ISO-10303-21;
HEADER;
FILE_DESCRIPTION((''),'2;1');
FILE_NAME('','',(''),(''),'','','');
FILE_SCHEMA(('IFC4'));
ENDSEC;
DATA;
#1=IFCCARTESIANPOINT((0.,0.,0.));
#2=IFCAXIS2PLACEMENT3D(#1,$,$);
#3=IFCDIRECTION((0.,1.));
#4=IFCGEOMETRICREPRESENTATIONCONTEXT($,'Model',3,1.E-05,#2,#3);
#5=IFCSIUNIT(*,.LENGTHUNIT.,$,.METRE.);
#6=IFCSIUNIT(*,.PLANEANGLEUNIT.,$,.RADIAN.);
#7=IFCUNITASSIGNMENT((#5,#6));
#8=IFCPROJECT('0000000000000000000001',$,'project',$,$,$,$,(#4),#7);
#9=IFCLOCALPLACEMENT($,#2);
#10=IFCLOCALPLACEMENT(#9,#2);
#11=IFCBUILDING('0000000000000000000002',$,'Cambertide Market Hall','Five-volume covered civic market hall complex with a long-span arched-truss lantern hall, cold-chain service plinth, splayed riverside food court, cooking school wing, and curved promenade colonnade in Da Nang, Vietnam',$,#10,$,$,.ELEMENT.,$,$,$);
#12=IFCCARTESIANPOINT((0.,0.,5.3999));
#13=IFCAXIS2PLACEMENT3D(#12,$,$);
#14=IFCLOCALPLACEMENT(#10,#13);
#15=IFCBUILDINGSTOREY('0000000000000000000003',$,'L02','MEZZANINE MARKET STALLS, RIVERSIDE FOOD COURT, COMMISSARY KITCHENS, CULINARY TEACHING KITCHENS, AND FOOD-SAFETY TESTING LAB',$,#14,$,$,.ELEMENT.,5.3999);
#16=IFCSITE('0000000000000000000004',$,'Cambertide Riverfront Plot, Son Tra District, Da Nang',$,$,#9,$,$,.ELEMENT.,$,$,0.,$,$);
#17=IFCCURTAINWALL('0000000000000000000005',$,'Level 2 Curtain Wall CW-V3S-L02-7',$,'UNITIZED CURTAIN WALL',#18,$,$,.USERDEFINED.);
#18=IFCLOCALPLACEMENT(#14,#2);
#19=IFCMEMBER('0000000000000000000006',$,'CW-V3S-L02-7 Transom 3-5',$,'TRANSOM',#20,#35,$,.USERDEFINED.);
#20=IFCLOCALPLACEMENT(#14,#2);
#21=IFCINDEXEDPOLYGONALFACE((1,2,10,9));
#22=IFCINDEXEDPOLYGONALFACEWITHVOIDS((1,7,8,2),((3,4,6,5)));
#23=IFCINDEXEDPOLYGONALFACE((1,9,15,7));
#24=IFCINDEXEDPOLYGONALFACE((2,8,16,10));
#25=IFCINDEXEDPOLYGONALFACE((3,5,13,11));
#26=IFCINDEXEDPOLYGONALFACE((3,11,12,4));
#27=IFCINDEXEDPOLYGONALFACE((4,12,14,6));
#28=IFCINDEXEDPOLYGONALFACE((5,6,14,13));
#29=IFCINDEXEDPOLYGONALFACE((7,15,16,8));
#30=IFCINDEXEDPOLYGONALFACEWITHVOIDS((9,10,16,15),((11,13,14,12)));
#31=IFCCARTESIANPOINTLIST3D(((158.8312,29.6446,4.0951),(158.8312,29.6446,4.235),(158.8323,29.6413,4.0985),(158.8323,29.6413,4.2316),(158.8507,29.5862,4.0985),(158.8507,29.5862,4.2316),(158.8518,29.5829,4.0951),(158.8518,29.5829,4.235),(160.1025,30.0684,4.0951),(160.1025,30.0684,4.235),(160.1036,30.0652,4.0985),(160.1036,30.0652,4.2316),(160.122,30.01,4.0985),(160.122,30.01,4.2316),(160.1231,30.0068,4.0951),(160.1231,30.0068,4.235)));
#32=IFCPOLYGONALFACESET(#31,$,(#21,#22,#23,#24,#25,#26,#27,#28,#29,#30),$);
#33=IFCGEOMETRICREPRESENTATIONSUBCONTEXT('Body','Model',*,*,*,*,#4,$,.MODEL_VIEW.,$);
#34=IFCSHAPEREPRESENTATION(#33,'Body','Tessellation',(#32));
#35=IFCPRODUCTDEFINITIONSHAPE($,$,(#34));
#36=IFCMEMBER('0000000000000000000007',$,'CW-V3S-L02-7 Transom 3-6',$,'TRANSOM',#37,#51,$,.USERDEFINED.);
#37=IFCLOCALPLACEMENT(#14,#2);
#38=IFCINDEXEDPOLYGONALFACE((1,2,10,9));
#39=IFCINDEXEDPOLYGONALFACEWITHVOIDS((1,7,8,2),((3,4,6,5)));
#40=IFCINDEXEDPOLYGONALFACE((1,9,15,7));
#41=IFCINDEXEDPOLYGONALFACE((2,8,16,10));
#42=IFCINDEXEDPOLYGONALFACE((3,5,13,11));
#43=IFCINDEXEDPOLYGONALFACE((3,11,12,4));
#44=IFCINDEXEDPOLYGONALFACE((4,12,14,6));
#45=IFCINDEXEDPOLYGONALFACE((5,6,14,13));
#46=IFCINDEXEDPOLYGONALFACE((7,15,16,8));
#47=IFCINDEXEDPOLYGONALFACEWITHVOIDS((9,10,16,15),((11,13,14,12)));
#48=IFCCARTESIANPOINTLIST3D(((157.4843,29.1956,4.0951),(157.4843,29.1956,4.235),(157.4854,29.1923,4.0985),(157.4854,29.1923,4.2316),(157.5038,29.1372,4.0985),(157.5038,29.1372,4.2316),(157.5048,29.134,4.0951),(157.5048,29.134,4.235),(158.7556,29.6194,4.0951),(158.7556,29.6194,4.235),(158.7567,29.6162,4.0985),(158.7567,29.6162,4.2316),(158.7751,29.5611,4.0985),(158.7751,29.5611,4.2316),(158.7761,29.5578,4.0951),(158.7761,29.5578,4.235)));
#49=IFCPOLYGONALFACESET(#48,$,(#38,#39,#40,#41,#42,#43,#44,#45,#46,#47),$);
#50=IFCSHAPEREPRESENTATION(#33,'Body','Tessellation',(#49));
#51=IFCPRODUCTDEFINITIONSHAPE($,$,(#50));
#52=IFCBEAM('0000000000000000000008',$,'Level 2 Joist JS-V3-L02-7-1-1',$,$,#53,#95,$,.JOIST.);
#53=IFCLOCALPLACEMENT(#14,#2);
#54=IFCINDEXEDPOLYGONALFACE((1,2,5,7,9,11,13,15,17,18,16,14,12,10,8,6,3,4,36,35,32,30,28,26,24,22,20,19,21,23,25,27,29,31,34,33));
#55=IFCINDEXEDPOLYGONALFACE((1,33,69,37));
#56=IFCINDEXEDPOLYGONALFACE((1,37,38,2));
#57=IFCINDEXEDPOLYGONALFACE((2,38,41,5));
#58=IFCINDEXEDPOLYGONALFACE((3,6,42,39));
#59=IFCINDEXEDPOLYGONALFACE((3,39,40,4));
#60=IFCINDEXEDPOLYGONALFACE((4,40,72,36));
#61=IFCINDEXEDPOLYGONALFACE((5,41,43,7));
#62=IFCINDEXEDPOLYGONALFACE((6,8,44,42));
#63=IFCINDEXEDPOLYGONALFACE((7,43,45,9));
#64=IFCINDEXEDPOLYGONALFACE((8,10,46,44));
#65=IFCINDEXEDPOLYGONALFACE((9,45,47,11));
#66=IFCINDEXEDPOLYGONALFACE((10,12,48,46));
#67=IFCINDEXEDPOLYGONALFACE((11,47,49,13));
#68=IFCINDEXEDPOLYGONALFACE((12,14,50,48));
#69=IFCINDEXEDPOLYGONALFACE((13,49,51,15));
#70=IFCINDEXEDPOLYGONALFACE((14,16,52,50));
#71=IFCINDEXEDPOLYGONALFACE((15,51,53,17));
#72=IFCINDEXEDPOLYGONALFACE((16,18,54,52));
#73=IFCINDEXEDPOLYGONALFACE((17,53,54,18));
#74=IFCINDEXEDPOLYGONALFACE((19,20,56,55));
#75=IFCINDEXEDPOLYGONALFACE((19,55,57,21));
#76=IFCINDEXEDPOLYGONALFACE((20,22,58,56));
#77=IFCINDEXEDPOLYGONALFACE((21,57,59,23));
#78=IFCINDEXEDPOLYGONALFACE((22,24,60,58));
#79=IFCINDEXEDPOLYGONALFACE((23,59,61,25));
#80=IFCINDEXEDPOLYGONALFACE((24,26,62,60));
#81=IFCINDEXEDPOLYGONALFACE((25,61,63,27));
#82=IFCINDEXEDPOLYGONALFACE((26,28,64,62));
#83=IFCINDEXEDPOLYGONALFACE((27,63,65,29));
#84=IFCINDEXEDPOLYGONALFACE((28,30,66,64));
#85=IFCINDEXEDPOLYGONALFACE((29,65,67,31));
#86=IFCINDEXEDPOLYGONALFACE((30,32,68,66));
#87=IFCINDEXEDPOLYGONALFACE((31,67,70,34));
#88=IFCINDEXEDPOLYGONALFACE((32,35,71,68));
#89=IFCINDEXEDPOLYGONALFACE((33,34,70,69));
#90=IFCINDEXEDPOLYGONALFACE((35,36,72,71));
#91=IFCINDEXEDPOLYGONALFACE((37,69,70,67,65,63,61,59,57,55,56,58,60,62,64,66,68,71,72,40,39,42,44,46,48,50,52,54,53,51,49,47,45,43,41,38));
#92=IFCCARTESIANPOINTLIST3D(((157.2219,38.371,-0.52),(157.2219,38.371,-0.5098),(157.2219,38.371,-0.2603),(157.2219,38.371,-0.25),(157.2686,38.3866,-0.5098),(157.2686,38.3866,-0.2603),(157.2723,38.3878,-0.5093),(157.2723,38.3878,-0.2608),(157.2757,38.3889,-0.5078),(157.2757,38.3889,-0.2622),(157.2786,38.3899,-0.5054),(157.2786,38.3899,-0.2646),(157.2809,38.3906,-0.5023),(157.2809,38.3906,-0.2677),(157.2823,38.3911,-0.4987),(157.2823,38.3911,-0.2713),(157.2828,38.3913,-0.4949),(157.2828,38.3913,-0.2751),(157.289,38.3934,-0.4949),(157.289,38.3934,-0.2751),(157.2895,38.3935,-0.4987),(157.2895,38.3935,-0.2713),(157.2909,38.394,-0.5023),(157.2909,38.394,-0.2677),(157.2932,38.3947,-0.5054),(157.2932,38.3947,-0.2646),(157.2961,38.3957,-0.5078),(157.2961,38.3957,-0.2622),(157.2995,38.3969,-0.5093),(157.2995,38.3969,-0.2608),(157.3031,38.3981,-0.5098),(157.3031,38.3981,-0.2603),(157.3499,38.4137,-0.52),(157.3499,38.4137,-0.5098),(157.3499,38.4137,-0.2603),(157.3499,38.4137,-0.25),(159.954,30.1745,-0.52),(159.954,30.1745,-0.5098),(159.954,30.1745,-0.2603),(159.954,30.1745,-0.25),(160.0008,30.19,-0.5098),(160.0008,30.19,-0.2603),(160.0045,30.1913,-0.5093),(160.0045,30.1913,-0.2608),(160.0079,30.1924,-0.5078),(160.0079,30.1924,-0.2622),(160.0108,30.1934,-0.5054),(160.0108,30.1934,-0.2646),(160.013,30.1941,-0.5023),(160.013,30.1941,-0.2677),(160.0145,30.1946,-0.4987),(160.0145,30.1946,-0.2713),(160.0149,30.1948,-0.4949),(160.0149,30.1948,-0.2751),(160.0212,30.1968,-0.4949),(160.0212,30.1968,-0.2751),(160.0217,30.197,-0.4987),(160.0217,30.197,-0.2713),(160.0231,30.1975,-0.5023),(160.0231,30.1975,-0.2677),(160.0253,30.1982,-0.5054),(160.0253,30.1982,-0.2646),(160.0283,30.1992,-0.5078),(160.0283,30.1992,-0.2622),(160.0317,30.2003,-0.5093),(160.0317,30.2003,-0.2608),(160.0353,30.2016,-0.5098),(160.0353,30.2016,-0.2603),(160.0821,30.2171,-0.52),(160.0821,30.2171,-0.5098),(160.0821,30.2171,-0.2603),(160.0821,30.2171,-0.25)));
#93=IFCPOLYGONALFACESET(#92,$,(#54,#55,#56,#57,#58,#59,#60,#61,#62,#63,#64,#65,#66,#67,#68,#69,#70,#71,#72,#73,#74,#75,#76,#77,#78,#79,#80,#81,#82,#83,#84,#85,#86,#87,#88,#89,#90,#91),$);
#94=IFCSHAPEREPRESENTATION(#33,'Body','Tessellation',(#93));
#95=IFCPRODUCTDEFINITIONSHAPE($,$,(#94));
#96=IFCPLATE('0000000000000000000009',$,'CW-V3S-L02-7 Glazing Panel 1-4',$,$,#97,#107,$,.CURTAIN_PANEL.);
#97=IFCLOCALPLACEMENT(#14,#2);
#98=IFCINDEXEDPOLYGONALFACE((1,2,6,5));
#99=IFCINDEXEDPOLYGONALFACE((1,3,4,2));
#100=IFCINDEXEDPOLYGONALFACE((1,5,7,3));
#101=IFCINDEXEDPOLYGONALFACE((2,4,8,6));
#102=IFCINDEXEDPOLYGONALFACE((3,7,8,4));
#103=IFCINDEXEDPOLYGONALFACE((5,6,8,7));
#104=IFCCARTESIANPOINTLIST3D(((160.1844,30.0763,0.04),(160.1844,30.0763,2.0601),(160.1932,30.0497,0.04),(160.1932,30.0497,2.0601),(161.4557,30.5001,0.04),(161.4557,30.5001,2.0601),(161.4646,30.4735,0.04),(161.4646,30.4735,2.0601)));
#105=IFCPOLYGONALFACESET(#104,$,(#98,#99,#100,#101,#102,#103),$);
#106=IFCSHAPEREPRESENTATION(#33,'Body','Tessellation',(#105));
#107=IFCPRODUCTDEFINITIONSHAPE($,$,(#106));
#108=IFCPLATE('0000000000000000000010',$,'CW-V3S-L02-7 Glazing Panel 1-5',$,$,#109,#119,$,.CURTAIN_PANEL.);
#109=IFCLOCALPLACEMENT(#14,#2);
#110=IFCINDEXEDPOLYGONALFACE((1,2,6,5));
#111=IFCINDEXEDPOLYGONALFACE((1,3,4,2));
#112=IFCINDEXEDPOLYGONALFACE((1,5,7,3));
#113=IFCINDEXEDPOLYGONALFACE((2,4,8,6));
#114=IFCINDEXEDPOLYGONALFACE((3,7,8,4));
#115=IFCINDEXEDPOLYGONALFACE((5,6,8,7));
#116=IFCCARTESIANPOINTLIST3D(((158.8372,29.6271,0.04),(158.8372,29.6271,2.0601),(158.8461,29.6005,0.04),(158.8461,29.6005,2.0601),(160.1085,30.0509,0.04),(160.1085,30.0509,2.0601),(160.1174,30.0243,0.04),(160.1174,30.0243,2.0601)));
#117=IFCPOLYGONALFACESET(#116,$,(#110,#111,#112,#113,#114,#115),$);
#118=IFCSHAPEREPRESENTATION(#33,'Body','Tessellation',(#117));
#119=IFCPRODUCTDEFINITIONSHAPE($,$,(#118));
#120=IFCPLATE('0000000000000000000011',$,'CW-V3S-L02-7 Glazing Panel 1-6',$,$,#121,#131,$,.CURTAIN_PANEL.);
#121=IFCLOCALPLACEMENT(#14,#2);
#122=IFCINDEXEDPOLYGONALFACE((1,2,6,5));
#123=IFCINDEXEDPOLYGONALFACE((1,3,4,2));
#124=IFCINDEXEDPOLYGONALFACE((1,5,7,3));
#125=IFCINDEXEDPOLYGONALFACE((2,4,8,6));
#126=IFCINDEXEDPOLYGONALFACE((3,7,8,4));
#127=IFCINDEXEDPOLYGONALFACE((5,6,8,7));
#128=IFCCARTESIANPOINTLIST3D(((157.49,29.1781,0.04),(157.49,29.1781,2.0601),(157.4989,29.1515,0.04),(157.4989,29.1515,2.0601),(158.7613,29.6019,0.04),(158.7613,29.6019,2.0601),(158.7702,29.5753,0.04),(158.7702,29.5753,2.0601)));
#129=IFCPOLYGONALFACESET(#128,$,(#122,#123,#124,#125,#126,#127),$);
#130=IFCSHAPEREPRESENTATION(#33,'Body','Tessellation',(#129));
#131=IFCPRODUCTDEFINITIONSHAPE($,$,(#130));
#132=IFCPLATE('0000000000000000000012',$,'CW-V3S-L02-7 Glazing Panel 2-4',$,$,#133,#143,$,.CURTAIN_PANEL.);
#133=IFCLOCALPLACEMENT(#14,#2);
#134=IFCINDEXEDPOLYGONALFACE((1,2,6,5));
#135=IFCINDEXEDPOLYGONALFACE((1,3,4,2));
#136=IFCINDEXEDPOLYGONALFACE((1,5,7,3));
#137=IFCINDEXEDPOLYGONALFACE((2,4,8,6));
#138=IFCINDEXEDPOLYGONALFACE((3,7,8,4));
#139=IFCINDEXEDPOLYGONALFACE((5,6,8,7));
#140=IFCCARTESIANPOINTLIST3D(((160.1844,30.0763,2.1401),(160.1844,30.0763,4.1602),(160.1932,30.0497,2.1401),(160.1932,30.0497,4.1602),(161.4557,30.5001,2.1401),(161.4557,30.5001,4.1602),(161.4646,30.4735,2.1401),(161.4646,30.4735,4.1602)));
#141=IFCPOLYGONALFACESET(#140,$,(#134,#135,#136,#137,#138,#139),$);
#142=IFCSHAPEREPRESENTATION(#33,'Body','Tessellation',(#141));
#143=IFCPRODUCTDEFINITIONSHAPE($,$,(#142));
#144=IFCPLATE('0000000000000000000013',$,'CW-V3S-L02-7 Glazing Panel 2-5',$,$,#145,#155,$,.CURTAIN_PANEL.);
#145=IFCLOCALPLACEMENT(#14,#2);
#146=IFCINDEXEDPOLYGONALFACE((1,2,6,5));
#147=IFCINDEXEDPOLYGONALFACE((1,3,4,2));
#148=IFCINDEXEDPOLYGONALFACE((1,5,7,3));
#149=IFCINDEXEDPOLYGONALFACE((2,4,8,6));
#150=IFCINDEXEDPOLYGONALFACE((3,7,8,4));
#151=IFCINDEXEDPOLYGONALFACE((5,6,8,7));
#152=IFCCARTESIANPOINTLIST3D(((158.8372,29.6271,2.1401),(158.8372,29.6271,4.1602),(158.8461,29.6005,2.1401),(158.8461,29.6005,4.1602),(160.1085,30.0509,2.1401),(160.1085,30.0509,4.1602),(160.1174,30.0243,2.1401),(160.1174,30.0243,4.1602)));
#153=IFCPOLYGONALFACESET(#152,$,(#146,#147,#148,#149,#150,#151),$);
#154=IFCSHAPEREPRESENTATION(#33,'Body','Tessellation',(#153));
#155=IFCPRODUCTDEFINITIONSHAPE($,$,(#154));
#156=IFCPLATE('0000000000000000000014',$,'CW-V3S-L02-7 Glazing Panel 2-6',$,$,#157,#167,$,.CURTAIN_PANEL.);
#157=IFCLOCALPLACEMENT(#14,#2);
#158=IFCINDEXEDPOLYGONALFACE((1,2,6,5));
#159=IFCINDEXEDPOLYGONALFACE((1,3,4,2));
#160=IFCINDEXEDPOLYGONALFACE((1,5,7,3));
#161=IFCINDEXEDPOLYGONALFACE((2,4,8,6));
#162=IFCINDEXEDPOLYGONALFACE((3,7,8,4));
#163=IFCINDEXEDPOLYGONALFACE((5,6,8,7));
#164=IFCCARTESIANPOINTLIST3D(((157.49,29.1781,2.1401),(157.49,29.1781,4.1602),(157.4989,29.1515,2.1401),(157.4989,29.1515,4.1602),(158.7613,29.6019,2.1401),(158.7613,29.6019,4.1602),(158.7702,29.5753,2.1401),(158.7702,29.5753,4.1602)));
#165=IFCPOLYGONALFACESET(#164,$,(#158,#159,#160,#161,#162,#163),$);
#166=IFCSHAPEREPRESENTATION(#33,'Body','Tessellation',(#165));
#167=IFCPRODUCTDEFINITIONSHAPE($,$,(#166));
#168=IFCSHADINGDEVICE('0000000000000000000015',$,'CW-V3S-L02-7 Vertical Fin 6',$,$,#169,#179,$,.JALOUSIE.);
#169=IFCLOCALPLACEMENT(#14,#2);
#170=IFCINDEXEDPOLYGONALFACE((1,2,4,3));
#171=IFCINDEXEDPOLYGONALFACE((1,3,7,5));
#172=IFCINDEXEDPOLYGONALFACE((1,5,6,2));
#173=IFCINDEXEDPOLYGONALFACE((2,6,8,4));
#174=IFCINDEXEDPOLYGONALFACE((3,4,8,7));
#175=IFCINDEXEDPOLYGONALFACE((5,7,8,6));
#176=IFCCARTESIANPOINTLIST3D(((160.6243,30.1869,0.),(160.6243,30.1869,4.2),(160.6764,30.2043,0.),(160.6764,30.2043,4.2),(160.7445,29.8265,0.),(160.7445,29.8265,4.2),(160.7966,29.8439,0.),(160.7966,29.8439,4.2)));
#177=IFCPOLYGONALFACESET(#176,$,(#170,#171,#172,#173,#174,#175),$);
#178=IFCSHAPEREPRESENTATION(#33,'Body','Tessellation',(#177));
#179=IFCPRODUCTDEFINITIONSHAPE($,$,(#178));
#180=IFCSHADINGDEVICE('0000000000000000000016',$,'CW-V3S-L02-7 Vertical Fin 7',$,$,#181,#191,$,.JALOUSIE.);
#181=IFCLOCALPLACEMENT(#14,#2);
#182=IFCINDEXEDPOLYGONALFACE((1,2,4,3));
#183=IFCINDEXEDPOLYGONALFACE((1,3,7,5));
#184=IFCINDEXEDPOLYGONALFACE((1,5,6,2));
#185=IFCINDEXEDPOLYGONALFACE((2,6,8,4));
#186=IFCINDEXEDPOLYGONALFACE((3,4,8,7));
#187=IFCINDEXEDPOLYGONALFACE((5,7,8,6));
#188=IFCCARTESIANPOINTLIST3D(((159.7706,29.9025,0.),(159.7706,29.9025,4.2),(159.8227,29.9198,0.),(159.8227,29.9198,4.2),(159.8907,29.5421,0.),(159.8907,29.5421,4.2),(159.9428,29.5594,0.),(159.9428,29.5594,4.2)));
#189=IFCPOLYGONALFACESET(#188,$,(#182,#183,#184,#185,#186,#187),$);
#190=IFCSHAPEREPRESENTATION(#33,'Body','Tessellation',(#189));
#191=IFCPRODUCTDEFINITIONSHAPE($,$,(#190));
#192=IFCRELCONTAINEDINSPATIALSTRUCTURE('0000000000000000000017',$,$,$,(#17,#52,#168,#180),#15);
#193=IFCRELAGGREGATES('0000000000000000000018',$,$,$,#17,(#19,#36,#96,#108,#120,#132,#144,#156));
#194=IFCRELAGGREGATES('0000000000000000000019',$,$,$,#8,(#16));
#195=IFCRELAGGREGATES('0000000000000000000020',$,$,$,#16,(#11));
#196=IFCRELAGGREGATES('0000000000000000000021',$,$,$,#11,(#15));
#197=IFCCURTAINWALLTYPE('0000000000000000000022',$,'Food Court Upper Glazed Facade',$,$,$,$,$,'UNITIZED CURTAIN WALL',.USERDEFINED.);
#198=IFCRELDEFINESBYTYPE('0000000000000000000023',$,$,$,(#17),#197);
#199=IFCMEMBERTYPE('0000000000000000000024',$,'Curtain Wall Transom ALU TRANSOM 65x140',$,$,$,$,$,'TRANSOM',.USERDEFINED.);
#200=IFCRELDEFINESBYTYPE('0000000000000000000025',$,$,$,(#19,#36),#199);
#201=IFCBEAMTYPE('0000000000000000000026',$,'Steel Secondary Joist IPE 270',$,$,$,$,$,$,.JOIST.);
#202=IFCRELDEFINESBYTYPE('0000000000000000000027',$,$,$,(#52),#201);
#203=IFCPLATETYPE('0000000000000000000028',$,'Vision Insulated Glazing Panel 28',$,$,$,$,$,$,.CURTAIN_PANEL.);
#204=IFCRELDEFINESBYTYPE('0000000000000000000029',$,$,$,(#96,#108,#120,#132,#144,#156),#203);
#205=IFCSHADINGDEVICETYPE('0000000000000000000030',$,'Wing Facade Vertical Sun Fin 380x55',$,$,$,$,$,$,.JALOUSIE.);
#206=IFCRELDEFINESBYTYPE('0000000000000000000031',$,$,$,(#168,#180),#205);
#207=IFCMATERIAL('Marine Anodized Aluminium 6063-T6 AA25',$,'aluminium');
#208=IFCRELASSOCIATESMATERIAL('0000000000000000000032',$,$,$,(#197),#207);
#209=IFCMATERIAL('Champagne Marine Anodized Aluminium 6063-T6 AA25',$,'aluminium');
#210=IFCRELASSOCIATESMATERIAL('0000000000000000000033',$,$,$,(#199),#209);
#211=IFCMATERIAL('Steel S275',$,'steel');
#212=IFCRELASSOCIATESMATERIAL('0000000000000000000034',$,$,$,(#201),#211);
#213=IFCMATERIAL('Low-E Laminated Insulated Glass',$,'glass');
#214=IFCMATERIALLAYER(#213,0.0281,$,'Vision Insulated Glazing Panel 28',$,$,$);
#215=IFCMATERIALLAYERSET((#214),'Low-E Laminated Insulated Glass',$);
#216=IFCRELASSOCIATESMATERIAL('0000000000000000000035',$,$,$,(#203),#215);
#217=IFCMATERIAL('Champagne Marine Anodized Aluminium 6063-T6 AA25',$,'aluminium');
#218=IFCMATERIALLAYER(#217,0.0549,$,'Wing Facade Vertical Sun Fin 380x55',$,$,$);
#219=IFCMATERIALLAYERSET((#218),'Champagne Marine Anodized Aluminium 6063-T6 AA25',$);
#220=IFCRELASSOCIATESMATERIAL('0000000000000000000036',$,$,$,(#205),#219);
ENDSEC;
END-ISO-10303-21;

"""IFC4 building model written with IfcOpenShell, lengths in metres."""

from ifc_helpers import new_model, si_unit, direction, frame, origin, origin_2d, place, context, subcontext, project, spatial, rectangle, hollow_rectangle, i_section, extrude, material, layer, layer_set, material_profile, profile_set, type_object, element, aggregate, save


model = new_model("IFC4")

# Units and contexts
model_context = context("Model", 3, precision=1e-05, world=origin(), true_north=direction((0.0, 1.0)))
body_context = subcontext(model_context, "Body", "Model", "MODEL_VIEW")
ifc_project = project(units=[si_unit("LENGTHUNIT", "METRE"), si_unit("PLANEANGLEUNIT", "RADIAN")], contexts=[model_context])

# Site, building, storey
site_placement = place(None, origin())
site = spatial("IfcSite", under=ifc_project, at=site_placement, Name="Cambertide Riverfront Plot, Son Tra District, Da Nang", CompositionType="ELEMENT", RefElevation=0.0)
building_placement = place(site_placement, origin())
building = spatial("IfcBuilding", under=site, at=building_placement, Name="Cambertide Market Hall", Description="Five-volume covered civic market hall complex with a long-span arched-truss lantern hall, cold-chain service plinth, splayed riverside food court, cooking school wing, and curved promenade colonnade in Da Nang, Vietnam", CompositionType="ELEMENT")
storey_placement = place(building_placement, frame((0.0, 0.0, 5.3999)))
storey = spatial("IfcBuildingStorey", under=building, at=storey_placement, Name="L02", Description="MEZZANINE MARKET STALLS, RIVERSIDE FOOD COURT, COMMISSARY KITCHENS, CULINARY TEACHING KITCHENS, AND FOOD-SAFETY TESTING LAB", CompositionType="ELEMENT", Elevation=5.3999)

# Curtain wall, members
ifc_material_1 = material(Name="Marine Anodized Aluminium 6063-T6 AA25", Category="aluminium")
curtain_wall_type = type_object("IfcCurtainWallType", Name="Food Court Upper Glazed Facade", ElementType="UNITIZED CURTAIN WALL", PredefinedType="USERDEFINED", material=ifc_material_1)
curtain_wall_placement = place(storey_placement, origin())
curtain_wall = element("IfcCurtainWall", 1, at=curtain_wall_placement, inside=storey, type_object=curtain_wall_type, Name="Level 2 Curtain Wall CW-V3S-L02-7", ObjectType="UNITIZED CURTAIN WALL", PredefinedType="USERDEFINED")
ifc_material_2 = material(Name="Champagne Marine Anodized Aluminium 6063-T6 AA25", Category="aluminium")
ifc_material_profile_1 = material_profile(ifc_material_2, hollow_rectangle(XDim=0.0649, YDim=0.1399, WallThickness=0.0034, at=origin_2d()), Name="ALU TRANSOM 65x140")
ifc_profile_set_1 = profile_set([ifc_material_profile_1], Name="Champagne Marine Anodized Aluminium 6063-T6 AA25")
member_type_1 = type_object("IfcMemberType", Name="Curtain Wall Transom ALU TRANSOM 65x140", ElementType="TRANSOM", PredefinedType="USERDEFINED", material=ifc_profile_set_1)
member_1_placement = place(storey_placement, frame((160.1128, 30.0376, 4.165), z_axis=(-0.948665, -0.316282, 0.0), x_axis=(0.316282, -0.948665, 0.0)))
member_1 = element("IfcMember", 2, at=member_1_placement, type_object=member_type_1, Name="CW-V3S-L02-7 Transom 3-5", ObjectType="TRANSOM", PredefinedType="USERDEFINED", context=body_context, shape_type="SweptSolid", body=[
    extrude(hollow_rectangle(XDim=0.0649, YDim=0.1399, WallThickness=0.0034, at=origin_2d()), origin(), (0.0, 0.0, 1.0), 1.3401),
])
member_2_placement = place(storey_placement, frame((158.7659, 29.5886, 4.165), z_axis=(-0.948665, -0.316282, 0.0), x_axis=(0.316282, -0.948665, 0.0)))
member_2 = element("IfcMember", 3, at=member_2_placement, type_object=member_type_1, Name="CW-V3S-L02-7 Transom 3-6", ObjectType="TRANSOM", PredefinedType="USERDEFINED", context=body_context, shape_type="SweptSolid", body=[
    extrude(hollow_rectangle(XDim=0.0649, YDim=0.1399, WallThickness=0.0034, at=origin_2d()), origin(), (0.0, 0.0, 1.0), 1.3401),
])

# Beam
ifc_material_3 = material(Name="Steel S275", Category="steel")
ifc_material_profile_2 = material_profile(ifc_material_3, i_section(OverallWidth=0.135, OverallDepth=0.27, WebThickness=0.0066, FlangeThickness=0.0103, FilletRadius=0.0149, at=origin_2d()), Name="IPE 270")
ifc_profile_set_2 = profile_set([ifc_material_profile_2], Name="Steel S275")
beam_type = type_object("IfcBeamType", Name="Steel Secondary Joist IPE 270", PredefinedType="JOIST", material=ifc_profile_set_2)
beam_placement = place(storey_placement, frame((160.0181, 30.1958, -0.385), z_axis=(-0.316228, 0.948683, 0.0), x_axis=(-0.948683, -0.316228, 0.0)))
element("IfcBeam", 4, at=beam_placement, inside=storey, type_object=beam_type, Name="Level 2 Joist JS-V3-L02-7-1-1", PredefinedType="JOIST", context=body_context, shape_type="SweptSolid", body=[
    extrude(i_section(OverallWidth=0.135, OverallDepth=0.27, WebThickness=0.0066, FlangeThickness=0.0103, FilletRadius=0.0149, at=origin_2d()), origin(), (0.0, 0.0, 1.0), 8.6399),
])

# Plates
ifc_material_4 = material(Name="Low-E Laminated Insulated Glass", Category="glass")
ifc_layer_1 = layer(ifc_material_4, 0.0281, Name="Vision Insulated Glazing Panel 28")
ifc_layer_set_1 = layer_set([ifc_layer_1], Name="Low-E Laminated Insulated Glass")
plate_type = type_object("IfcPlateType", Name="Vision Insulated Glazing Panel 28", PredefinedType="CURTAIN_PANEL", material=ifc_layer_set_1)
plate_1_placement = place(storey_placement, frame((160.8245, 30.2749, 0.04), z_axis=(0.0, 0.0, 1.0), x_axis=(-0.948683, -0.316228, 0.0)))
plate_1 = element("IfcPlate", 5, at=plate_1_placement, type_object=plate_type, Name="CW-V3S-L02-7 Glazing Panel 1-4", PredefinedType="CURTAIN_PANEL", context=body_context, shape_type="SweptSolid", body=[
    extrude(rectangle(XDim=1.3401, YDim=0.0281, at=origin_2d()), origin(), (0.0, 0.0, 1.0), 2.02),
])
plate_2_placement = place(storey_placement, frame((159.4773, 29.8257, 0.04), z_axis=(0.0, 0.0, 1.0), x_axis=(-0.948683, -0.316228, 0.0)))
plate_2 = element("IfcPlate", 6, at=plate_2_placement, type_object=plate_type, Name="CW-V3S-L02-7 Glazing Panel 1-5", PredefinedType="CURTAIN_PANEL", context=body_context, shape_type="SweptSolid", body=[
    extrude(rectangle(XDim=1.3401, YDim=0.0281, at=origin_2d()), origin(), (0.0, 0.0, 1.0), 2.02),
])
plate_3_placement = place(storey_placement, frame((158.1301, 29.3767, 0.04), z_axis=(0.0, 0.0, 1.0), x_axis=(-0.948683, -0.316228, 0.0)))
plate_3 = element("IfcPlate", 7, at=plate_3_placement, type_object=plate_type, Name="CW-V3S-L02-7 Glazing Panel 1-6", PredefinedType="CURTAIN_PANEL", context=body_context, shape_type="SweptSolid", body=[
    extrude(rectangle(XDim=1.3401, YDim=0.0281, at=origin_2d()), origin(), (0.0, 0.0, 1.0), 2.02),
])
plate_4_placement = place(storey_placement, frame((160.8245, 30.2749, 2.1401), z_axis=(0.0, 0.0, 1.0), x_axis=(-0.948683, -0.316228, 0.0)))
plate_4 = element("IfcPlate", 8, at=plate_4_placement, type_object=plate_type, Name="CW-V3S-L02-7 Glazing Panel 2-4", PredefinedType="CURTAIN_PANEL", context=body_context, shape_type="SweptSolid", body=[
    extrude(rectangle(XDim=1.3401, YDim=0.0281, at=origin_2d()), origin(), (0.0, 0.0, 1.0), 2.02),
])
plate_5_placement = place(storey_placement, frame((159.4773, 29.8257, 2.1401), z_axis=(0.0, 0.0, 1.0), x_axis=(-0.948683, -0.316228, 0.0)))
plate_5 = element("IfcPlate", 9, at=plate_5_placement, type_object=plate_type, Name="CW-V3S-L02-7 Glazing Panel 2-5", PredefinedType="CURTAIN_PANEL", context=body_context, shape_type="SweptSolid", body=[
    extrude(rectangle(XDim=1.3401, YDim=0.0281, at=origin_2d()), origin(), (0.0, 0.0, 1.0), 2.02),
])
plate_6_placement = place(storey_placement, frame((158.1301, 29.3767, 2.1401), z_axis=(0.0, 0.0, 1.0), x_axis=(-0.948683, -0.316228, 0.0)))
plate_6 = element("IfcPlate", 10, at=plate_6_placement, type_object=plate_type, Name="CW-V3S-L02-7 Glazing Panel 2-6", PredefinedType="CURTAIN_PANEL", context=body_context, shape_type="SweptSolid", body=[
    extrude(rectangle(XDim=1.3401, YDim=0.0281, at=origin_2d()), origin(), (0.0, 0.0, 1.0), 2.02),
])
aggregate(curtain_wall, [member_1, member_2, plate_1, plate_2, plate_3, plate_4, plate_5, plate_6])

# Shading devices
ifc_material_5 = material(Name="Champagne Marine Anodized Aluminium 6063-T6 AA25", Category="aluminium")
ifc_layer_2 = layer(ifc_material_5, 0.0549, Name="Wing Facade Vertical Sun Fin 380x55")
ifc_layer_set_2 = layer_set([ifc_layer_2], Name="Champagne Marine Anodized Aluminium 6063-T6 AA25")
shading_device_type = type_object("IfcShadingDeviceType", Name="Wing Facade Vertical Sun Fin 380x55", PredefinedType="JALOUSIE", material=ifc_layer_set_2)
for number, where, z_axis, x_axis, name in (
    (11, (160.7104, 30.0154, 0.0), (0.0, 0.0, 1.0), (-0.948683, -0.316228, 0.0), "CW-V3S-L02-7 Vertical Fin 6"),
    (12, (159.8567, 29.731, 0.0), (0.0, 0.0, 1.0), (-0.948683, -0.316228, 0.0), "CW-V3S-L02-7 Vertical Fin 7"),
):
    element("IfcShadingDevice", number, at=place(storey_placement, frame(where, z_axis=z_axis, x_axis=x_axis)), inside=storey, type_object=shading_device_type, Name=name, PredefinedType="JALOUSIE", context=body_context, shape_type="SweptSolid", body=[
        extrude(rectangle(XDim=0.0549, YDim=0.3799, at=origin_2d()), origin(), (0.0, 0.0, 1.0), 4.2),
    ])

save(model, "model.ifc")
